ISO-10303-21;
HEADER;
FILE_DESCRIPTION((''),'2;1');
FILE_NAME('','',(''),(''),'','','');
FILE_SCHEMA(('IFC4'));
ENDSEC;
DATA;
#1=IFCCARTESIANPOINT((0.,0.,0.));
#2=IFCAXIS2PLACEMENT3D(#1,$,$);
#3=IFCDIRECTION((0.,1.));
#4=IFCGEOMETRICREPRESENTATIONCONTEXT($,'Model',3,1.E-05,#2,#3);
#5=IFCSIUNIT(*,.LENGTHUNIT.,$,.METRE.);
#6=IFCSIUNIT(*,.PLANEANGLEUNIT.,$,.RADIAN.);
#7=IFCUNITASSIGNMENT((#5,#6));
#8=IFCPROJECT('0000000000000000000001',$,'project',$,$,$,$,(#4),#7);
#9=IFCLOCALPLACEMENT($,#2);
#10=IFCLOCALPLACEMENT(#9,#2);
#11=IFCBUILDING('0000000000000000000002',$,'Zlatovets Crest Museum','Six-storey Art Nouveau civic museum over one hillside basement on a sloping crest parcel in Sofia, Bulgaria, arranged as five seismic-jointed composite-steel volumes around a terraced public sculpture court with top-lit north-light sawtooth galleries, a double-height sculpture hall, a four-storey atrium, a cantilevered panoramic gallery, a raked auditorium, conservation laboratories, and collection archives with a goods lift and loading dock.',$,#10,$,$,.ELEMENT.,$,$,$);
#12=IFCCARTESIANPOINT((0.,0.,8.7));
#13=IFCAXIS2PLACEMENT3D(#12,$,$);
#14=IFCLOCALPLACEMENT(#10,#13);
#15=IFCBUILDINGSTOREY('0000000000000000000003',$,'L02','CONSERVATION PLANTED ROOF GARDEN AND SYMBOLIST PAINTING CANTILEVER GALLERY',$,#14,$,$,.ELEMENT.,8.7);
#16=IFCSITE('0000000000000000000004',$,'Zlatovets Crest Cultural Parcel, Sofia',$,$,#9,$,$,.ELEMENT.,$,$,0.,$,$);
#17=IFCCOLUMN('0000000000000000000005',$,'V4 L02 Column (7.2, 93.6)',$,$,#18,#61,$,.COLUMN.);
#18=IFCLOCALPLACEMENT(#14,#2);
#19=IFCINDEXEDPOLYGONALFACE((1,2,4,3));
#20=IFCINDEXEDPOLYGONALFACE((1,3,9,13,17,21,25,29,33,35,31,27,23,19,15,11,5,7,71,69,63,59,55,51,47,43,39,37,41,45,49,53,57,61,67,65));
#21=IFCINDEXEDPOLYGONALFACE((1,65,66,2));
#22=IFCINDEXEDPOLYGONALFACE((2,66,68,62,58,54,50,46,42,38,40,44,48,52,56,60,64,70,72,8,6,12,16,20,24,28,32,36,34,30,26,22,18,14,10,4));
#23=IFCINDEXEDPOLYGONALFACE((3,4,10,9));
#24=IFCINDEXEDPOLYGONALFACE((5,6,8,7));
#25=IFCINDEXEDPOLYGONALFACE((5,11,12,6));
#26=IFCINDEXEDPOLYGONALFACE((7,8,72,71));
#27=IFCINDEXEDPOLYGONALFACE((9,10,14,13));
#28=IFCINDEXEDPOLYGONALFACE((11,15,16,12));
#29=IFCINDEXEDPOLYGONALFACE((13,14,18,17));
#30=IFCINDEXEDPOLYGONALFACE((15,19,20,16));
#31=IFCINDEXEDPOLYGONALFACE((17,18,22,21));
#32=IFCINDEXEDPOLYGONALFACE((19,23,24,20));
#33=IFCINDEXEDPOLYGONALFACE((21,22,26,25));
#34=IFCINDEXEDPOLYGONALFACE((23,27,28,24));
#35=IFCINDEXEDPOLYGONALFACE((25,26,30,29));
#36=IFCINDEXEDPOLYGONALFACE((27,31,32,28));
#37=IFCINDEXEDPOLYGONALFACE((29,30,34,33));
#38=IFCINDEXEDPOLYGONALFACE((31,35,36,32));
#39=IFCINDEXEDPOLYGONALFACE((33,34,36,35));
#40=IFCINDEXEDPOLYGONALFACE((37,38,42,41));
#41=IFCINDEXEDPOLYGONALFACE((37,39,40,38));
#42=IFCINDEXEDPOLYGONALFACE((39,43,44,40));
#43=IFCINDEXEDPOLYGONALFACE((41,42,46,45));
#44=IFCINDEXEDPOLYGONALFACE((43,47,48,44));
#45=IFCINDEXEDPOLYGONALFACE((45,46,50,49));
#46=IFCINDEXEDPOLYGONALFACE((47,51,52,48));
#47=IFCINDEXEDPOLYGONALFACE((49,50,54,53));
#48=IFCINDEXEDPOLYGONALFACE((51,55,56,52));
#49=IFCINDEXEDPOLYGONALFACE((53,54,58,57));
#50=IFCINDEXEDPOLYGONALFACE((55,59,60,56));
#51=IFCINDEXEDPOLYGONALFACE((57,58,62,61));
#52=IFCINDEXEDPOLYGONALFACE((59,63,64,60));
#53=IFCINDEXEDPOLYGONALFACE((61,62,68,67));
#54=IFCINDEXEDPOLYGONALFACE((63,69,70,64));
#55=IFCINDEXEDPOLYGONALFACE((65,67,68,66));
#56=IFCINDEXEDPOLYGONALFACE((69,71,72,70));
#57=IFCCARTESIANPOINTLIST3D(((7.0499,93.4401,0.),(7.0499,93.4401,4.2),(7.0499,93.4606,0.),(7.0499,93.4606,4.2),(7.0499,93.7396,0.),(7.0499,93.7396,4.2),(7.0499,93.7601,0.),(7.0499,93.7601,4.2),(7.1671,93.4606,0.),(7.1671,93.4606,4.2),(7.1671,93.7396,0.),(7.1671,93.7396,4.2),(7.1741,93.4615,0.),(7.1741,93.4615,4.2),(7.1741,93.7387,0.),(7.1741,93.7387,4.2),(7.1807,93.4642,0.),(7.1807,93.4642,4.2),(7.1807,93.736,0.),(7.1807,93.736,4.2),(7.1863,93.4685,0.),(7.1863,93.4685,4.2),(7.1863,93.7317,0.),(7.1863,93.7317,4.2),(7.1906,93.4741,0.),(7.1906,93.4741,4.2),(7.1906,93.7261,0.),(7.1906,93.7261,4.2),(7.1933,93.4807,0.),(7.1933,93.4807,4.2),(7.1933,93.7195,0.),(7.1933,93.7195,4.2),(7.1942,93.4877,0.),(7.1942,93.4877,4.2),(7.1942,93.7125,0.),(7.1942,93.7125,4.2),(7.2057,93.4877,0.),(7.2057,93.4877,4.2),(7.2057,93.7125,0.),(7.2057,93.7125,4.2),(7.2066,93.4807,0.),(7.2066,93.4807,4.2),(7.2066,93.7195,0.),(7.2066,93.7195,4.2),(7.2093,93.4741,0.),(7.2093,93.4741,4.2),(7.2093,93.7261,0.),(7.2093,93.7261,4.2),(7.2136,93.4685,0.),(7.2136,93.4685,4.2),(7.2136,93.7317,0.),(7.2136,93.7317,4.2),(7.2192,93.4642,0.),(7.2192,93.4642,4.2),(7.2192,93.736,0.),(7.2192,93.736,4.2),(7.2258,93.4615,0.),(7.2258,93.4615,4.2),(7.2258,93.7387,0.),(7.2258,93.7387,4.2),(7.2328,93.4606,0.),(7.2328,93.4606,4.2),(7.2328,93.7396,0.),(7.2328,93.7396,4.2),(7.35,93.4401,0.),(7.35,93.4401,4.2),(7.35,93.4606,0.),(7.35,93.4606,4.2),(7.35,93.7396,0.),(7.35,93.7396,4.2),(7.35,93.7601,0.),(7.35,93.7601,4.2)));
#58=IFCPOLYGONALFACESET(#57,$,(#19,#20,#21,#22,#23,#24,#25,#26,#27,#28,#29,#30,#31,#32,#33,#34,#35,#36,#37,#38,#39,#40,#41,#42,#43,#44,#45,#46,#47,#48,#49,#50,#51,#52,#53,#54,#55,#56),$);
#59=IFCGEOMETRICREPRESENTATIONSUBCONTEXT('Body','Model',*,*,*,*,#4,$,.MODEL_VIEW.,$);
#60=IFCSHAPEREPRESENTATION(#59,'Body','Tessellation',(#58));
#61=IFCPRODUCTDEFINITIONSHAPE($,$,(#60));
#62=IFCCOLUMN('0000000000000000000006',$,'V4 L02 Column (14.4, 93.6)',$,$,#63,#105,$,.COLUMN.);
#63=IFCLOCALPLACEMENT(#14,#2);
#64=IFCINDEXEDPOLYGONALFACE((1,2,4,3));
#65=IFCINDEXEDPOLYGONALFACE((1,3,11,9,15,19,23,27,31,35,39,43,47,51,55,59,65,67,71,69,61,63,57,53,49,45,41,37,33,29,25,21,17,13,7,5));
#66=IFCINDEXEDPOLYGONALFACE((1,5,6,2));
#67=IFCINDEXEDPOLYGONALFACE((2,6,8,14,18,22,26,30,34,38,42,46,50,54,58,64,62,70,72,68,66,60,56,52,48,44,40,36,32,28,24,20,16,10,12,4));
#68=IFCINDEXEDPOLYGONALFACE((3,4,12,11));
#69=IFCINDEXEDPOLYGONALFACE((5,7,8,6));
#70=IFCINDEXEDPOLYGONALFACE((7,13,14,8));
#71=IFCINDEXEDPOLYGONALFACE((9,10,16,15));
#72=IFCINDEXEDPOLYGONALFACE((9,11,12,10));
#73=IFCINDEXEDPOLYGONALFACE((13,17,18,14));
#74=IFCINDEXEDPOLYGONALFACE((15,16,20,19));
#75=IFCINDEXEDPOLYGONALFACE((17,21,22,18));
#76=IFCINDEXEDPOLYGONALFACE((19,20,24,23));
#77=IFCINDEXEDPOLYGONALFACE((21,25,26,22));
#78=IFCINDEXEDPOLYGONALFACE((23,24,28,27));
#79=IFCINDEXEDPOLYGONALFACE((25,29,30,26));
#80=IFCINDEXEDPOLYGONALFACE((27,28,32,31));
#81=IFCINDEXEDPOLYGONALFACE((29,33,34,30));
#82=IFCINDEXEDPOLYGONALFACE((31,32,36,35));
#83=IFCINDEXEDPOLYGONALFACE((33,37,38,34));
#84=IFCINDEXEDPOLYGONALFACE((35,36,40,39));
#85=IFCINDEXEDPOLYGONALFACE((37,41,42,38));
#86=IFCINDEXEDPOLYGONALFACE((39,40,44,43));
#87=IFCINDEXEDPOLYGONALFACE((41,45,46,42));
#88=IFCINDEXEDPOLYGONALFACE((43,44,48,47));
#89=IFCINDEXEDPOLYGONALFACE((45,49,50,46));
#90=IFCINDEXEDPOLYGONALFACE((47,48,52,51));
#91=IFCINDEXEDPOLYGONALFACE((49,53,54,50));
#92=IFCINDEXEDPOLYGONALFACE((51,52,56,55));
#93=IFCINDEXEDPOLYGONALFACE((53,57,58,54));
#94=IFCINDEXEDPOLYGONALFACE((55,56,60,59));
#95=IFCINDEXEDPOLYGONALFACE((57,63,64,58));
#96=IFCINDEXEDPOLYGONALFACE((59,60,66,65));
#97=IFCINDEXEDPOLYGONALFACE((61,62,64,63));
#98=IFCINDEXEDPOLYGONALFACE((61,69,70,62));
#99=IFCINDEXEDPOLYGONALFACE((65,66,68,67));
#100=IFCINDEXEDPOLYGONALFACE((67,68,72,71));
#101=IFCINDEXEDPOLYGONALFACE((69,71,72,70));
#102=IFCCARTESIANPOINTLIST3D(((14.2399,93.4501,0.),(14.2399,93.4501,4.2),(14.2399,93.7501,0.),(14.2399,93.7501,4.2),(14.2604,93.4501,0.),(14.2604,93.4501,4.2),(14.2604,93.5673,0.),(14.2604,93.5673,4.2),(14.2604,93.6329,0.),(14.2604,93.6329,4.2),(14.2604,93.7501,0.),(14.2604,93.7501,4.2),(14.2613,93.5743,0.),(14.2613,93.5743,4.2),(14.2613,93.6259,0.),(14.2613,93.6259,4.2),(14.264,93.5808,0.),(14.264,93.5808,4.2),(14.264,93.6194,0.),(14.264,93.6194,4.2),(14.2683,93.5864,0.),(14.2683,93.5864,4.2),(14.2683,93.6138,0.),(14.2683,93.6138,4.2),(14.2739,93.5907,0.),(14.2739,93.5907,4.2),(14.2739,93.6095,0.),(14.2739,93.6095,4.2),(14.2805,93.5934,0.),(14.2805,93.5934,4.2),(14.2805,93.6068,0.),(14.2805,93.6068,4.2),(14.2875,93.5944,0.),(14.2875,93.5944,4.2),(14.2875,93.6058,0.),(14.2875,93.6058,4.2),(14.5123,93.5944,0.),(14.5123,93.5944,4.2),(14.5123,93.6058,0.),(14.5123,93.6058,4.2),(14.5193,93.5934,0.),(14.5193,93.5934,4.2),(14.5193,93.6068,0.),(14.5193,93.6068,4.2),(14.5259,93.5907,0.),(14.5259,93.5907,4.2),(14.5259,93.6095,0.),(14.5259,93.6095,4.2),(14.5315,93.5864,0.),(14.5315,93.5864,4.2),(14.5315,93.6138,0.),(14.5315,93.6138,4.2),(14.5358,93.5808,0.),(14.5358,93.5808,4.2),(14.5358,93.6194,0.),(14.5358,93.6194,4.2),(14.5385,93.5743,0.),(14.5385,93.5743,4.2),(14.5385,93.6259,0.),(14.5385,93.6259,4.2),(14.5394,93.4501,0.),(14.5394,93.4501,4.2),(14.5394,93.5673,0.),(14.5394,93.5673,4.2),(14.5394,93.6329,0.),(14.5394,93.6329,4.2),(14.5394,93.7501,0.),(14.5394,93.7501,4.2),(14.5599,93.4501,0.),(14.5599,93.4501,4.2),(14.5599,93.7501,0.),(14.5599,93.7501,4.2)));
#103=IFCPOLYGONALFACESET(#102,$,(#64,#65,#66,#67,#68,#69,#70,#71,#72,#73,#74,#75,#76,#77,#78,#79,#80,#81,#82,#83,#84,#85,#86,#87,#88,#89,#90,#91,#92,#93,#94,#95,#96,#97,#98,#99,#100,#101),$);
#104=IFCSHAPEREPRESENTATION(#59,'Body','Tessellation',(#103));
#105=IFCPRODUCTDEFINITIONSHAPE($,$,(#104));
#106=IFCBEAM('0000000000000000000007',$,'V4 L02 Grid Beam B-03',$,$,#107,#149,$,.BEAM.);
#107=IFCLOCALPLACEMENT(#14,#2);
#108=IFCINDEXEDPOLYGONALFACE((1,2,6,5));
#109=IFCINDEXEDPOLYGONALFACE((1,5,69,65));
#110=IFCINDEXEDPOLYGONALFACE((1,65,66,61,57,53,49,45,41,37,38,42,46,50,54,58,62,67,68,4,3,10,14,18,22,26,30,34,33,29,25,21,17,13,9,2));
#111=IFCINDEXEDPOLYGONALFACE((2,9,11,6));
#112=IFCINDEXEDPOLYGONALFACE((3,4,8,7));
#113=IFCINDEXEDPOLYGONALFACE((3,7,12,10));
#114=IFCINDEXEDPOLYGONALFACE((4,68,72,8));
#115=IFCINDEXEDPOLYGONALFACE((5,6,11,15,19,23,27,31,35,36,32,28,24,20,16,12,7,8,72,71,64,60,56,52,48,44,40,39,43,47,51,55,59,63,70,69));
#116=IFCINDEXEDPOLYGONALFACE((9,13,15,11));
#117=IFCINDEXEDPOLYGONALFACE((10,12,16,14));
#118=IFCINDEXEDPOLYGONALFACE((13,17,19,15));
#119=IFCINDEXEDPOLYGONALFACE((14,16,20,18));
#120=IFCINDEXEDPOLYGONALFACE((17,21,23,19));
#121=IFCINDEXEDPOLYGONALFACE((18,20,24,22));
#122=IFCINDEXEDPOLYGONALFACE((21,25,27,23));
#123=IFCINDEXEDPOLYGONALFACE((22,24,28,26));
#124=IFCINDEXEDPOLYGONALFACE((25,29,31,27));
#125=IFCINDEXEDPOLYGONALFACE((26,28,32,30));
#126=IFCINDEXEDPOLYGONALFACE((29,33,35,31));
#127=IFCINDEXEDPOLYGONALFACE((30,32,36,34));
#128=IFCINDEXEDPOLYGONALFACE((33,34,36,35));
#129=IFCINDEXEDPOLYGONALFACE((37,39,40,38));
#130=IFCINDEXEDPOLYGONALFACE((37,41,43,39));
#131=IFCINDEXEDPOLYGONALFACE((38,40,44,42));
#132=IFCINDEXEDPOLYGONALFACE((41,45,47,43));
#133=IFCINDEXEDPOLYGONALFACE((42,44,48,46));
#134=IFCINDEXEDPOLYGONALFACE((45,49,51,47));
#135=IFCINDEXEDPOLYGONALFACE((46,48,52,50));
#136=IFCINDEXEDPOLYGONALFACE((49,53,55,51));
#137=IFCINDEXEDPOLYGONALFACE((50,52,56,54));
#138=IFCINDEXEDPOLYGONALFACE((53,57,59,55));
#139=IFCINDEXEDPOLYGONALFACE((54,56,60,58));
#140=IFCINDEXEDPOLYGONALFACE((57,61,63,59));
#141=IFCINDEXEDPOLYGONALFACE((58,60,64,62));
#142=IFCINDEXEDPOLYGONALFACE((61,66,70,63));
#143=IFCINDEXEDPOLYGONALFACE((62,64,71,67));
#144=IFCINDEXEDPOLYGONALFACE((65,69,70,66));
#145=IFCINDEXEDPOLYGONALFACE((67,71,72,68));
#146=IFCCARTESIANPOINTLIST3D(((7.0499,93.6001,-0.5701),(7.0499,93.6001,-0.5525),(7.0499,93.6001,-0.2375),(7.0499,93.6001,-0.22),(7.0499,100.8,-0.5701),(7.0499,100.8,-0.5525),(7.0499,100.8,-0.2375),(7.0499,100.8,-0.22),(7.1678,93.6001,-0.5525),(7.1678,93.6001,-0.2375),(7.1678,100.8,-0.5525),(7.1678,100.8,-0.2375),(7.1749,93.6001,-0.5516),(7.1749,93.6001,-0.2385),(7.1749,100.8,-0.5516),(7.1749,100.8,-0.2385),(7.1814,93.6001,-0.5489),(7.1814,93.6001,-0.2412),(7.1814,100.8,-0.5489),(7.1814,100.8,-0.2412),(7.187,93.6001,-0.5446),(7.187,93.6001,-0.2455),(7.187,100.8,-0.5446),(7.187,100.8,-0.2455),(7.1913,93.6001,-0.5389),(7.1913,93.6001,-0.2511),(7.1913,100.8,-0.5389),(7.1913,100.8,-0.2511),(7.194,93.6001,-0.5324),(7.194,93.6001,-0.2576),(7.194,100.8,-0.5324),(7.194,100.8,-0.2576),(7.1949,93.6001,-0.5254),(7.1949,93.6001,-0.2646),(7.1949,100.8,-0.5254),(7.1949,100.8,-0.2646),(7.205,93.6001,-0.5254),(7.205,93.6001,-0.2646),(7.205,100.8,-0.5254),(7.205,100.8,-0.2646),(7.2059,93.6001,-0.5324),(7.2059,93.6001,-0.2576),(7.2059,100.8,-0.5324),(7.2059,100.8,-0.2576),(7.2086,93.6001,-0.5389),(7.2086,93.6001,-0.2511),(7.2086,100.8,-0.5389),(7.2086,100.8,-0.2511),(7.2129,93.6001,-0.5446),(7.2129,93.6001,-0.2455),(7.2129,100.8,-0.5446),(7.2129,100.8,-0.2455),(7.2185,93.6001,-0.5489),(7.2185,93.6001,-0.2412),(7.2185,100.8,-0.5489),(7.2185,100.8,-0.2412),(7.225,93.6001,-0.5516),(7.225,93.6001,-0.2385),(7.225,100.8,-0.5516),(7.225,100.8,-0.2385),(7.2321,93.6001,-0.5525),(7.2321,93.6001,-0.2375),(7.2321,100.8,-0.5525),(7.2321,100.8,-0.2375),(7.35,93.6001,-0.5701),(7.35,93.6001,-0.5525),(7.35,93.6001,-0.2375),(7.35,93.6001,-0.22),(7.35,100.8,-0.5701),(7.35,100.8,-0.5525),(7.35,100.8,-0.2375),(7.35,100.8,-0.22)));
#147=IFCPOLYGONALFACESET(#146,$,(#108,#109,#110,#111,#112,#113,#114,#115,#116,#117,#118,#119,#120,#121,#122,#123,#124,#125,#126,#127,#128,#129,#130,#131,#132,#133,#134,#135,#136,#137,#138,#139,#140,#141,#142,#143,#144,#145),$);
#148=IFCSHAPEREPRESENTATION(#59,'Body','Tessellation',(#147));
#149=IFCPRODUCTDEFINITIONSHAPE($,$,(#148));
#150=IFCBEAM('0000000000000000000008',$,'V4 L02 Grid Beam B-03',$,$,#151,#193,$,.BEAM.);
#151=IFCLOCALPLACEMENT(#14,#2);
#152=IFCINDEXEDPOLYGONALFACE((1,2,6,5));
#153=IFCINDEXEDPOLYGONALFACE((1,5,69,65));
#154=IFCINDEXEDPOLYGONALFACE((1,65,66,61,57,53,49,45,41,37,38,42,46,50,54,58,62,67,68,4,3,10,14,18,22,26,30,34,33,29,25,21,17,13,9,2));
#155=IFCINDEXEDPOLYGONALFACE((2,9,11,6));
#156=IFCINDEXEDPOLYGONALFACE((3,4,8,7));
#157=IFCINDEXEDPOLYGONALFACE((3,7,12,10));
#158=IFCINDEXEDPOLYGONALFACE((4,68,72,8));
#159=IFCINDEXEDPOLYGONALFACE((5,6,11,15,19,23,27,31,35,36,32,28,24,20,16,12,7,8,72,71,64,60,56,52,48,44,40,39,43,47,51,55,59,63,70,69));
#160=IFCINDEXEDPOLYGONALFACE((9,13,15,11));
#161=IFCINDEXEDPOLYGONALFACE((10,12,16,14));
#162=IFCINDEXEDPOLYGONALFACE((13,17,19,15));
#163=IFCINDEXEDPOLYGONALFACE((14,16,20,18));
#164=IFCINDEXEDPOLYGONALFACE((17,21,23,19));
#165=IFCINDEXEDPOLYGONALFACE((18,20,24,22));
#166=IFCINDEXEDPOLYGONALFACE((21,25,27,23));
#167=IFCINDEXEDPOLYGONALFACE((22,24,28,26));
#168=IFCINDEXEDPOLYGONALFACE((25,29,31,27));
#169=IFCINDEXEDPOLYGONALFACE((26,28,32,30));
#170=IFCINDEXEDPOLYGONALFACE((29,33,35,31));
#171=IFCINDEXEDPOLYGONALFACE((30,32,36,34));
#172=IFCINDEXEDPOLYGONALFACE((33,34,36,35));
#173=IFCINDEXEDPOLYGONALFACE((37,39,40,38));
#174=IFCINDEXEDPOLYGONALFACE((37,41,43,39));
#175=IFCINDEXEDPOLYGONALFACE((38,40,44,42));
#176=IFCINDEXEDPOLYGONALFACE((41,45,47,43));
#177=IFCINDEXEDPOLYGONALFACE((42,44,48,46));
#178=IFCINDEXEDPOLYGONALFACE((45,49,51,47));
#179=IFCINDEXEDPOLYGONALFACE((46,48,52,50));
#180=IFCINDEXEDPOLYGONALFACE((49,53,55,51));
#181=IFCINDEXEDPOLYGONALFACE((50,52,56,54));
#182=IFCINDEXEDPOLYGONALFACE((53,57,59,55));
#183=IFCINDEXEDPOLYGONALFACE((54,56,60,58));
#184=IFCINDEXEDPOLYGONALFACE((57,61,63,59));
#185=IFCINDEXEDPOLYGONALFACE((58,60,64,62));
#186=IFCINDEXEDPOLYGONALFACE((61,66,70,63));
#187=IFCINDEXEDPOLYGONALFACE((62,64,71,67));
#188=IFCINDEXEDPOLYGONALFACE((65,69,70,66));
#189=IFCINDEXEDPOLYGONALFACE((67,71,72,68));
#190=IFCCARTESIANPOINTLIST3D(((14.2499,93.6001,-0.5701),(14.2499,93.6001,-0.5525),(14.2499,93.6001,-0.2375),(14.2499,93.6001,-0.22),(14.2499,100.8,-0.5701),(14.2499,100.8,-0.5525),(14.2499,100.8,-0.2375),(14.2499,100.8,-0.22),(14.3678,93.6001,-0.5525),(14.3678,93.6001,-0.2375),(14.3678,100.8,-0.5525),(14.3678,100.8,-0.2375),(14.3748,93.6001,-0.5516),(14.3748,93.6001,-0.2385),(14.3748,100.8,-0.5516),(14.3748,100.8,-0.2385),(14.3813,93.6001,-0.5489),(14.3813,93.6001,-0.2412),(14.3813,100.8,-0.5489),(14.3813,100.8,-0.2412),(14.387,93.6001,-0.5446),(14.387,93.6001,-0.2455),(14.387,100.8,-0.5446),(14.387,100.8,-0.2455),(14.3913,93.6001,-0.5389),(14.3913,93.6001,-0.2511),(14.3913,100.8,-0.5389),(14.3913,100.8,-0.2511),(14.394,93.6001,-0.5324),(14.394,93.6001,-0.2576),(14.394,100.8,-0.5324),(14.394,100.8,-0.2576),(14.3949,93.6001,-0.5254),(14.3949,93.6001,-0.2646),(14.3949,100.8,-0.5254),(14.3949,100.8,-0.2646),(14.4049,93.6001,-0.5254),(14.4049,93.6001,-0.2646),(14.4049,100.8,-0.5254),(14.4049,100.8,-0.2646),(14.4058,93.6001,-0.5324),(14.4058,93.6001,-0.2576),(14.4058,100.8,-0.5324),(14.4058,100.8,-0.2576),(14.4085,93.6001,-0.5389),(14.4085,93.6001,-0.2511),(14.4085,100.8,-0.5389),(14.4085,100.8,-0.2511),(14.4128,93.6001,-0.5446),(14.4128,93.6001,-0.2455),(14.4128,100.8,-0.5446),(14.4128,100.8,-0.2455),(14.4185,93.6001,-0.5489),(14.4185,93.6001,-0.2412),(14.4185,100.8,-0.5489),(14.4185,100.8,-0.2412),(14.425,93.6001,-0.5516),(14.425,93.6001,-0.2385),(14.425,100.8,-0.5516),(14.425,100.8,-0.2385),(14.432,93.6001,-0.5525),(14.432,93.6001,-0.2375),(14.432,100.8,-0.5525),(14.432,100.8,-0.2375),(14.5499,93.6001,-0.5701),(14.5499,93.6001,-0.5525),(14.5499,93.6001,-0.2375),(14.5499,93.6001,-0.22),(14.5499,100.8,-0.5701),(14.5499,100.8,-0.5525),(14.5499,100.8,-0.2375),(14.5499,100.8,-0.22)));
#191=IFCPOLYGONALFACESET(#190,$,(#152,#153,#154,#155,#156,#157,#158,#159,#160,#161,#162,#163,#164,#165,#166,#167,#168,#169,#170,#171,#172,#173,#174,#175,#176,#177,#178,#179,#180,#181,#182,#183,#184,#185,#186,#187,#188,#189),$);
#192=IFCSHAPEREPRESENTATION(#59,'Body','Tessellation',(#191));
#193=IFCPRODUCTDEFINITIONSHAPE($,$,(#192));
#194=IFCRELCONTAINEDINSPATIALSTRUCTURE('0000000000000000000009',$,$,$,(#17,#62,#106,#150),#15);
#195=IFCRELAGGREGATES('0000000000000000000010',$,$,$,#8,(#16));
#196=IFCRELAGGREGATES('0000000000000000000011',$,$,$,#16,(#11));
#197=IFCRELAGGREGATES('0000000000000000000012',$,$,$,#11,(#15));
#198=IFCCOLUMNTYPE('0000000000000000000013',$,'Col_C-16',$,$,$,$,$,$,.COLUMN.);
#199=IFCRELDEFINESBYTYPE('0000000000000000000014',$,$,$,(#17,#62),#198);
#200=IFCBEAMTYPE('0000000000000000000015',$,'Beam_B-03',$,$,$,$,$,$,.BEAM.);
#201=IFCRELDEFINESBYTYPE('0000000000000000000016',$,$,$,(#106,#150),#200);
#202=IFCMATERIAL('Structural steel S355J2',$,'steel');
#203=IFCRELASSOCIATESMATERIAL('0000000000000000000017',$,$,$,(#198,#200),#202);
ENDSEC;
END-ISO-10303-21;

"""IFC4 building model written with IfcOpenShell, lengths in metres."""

from ifc_helpers import new_model, si_unit, direction, frame, origin, origin_2d, place, context, subcontext, project, spatial, i_section, extrude, material, material_profile, profile_set, type_object, element, save


model = new_model("IFC4")

# Units and contexts
model_context = context("Model", 3, precision=1e-05, world=origin(), true_north=direction((0.0, 1.0)))
body_context = subcontext(model_context, "Body", "Model", "MODEL_VIEW")
ifc_project = project(units=[si_unit("LENGTHUNIT", "METRE"), si_unit("PLANEANGLEUNIT", "RADIAN")], contexts=[model_context])

# Site, building, storey
site_placement = place(None, origin())
site = spatial("IfcSite", under=ifc_project, at=site_placement, Name="Zlatovets Crest Cultural Parcel, Sofia", CompositionType="ELEMENT", RefElevation=0.0)
building_placement = place(site_placement, origin())
building = spatial("IfcBuilding", under=site, at=building_placement, Name="Zlatovets Crest Museum", Description="Six-storey Art Nouveau civic museum over one hillside basement on a sloping crest parcel in Sofia, Bulgaria, arranged as five seismic-jointed composite-steel volumes around a terraced public sculpture court with top-lit north-light sawtooth galleries, a double-height sculpture hall, a four-storey atrium, a cantilevered panoramic gallery, a raked auditorium, conservation laboratories, and collection archives with a goods lift and loading dock.", CompositionType="ELEMENT")
storey_placement = place(building_placement, frame((0.0, 0.0, 8.7)))
storey = spatial("IfcBuildingStorey", under=building, at=storey_placement, Name="L02", Description="CONSERVATION PLANTED ROOF GARDEN AND SYMBOLIST PAINTING CANTILEVER GALLERY", CompositionType="ELEMENT", Elevation=8.7)

# Columns
ifc_material_1 = material(Name="Structural steel S355J2", Category="steel")
ifc_material_profile_1 = material_profile(ifc_material_1, i_section(OverallWidth=0.3, OverallDepth=0.3201, WebThickness=0.0115, FlangeThickness=0.0205, FilletRadius=0.0271, at=origin_2d()), Name="HEB 320")
ifc_profile_set_1 = profile_set([ifc_material_profile_1], Name="Structural steel S355J2")
column_type = type_object("IfcColumnType", Name="Col_C-16", PredefinedType="COLUMN", material=ifc_profile_set_1)
for number, where, z_axis, x_axis, name in (
    (1, (7.2, 93.6001, 0.0), (0.0, 0.0, 1.0), (1.0, 0.0, 0.0), "V4 L02 Column (7.2, 93.6)"),
    (2, (14.3999, 93.6001, 0.0), (0.0, 0.0, 1.0), (0.0, 1.0, 0.0), "V4 L02 Column (14.4, 93.6)"),
):
    element("IfcColumn", number, at=place(storey_placement, frame(where, z_axis=z_axis, x_axis=x_axis)), inside=storey, type_object=column_type, Name=name, PredefinedType="COLUMN", context=body_context, shape_type="SweptSolid", body=[
        extrude(i_section(OverallWidth=0.3, OverallDepth=0.3201, WebThickness=0.0115, FlangeThickness=0.0205, FilletRadius=0.0271, at=origin_2d()), origin(), (0.0, 0.0, 1.0), 4.2),
    ])

# Beams
ifc_material_profile_2 = material_profile(ifc_material_1, i_section(OverallWidth=0.3, OverallDepth=0.3501, WebThickness=0.01, FlangeThickness=0.0176, FilletRadius=0.0271, at=origin_2d()), Name="HEA 360")
ifc_profile_set_2 = profile_set([ifc_material_profile_2], Name="Structural steel S355J2")
beam_type_1 = type_object("IfcBeamType", Name="Beam_B-03", PredefinedType="BEAM", material=ifc_profile_set_2)
for number, where, z_axis, x_axis, name in (
    (3, (7.2, 93.6001, -0.395), (0.0, 1.0, 0.0), (-1.0, 0.0, 0.0), "V4 L02 Grid Beam B-03"),
    (4, (14.3999, 93.6001, -0.395), (0.0, 1.0, 0.0), (-1.0, 0.0, 0.0), "V4 L02 Grid Beam B-03"),
):
    element("IfcBeam", number, at=place(storey_placement, frame(where, z_axis=z_axis, x_axis=x_axis)), inside=storey, type_object=beam_type_1, Name=name, PredefinedType="BEAM", context=body_context, shape_type="SweptSolid", body=[
        extrude(i_section(OverallWidth=0.3, OverallDepth=0.3501, WebThickness=0.01, FlangeThickness=0.0176, FilletRadius=0.0271, at=origin_2d()), origin(), (0.0, 0.0, 1.0), 7.2),
    ])

save(model, "model.ifc")
